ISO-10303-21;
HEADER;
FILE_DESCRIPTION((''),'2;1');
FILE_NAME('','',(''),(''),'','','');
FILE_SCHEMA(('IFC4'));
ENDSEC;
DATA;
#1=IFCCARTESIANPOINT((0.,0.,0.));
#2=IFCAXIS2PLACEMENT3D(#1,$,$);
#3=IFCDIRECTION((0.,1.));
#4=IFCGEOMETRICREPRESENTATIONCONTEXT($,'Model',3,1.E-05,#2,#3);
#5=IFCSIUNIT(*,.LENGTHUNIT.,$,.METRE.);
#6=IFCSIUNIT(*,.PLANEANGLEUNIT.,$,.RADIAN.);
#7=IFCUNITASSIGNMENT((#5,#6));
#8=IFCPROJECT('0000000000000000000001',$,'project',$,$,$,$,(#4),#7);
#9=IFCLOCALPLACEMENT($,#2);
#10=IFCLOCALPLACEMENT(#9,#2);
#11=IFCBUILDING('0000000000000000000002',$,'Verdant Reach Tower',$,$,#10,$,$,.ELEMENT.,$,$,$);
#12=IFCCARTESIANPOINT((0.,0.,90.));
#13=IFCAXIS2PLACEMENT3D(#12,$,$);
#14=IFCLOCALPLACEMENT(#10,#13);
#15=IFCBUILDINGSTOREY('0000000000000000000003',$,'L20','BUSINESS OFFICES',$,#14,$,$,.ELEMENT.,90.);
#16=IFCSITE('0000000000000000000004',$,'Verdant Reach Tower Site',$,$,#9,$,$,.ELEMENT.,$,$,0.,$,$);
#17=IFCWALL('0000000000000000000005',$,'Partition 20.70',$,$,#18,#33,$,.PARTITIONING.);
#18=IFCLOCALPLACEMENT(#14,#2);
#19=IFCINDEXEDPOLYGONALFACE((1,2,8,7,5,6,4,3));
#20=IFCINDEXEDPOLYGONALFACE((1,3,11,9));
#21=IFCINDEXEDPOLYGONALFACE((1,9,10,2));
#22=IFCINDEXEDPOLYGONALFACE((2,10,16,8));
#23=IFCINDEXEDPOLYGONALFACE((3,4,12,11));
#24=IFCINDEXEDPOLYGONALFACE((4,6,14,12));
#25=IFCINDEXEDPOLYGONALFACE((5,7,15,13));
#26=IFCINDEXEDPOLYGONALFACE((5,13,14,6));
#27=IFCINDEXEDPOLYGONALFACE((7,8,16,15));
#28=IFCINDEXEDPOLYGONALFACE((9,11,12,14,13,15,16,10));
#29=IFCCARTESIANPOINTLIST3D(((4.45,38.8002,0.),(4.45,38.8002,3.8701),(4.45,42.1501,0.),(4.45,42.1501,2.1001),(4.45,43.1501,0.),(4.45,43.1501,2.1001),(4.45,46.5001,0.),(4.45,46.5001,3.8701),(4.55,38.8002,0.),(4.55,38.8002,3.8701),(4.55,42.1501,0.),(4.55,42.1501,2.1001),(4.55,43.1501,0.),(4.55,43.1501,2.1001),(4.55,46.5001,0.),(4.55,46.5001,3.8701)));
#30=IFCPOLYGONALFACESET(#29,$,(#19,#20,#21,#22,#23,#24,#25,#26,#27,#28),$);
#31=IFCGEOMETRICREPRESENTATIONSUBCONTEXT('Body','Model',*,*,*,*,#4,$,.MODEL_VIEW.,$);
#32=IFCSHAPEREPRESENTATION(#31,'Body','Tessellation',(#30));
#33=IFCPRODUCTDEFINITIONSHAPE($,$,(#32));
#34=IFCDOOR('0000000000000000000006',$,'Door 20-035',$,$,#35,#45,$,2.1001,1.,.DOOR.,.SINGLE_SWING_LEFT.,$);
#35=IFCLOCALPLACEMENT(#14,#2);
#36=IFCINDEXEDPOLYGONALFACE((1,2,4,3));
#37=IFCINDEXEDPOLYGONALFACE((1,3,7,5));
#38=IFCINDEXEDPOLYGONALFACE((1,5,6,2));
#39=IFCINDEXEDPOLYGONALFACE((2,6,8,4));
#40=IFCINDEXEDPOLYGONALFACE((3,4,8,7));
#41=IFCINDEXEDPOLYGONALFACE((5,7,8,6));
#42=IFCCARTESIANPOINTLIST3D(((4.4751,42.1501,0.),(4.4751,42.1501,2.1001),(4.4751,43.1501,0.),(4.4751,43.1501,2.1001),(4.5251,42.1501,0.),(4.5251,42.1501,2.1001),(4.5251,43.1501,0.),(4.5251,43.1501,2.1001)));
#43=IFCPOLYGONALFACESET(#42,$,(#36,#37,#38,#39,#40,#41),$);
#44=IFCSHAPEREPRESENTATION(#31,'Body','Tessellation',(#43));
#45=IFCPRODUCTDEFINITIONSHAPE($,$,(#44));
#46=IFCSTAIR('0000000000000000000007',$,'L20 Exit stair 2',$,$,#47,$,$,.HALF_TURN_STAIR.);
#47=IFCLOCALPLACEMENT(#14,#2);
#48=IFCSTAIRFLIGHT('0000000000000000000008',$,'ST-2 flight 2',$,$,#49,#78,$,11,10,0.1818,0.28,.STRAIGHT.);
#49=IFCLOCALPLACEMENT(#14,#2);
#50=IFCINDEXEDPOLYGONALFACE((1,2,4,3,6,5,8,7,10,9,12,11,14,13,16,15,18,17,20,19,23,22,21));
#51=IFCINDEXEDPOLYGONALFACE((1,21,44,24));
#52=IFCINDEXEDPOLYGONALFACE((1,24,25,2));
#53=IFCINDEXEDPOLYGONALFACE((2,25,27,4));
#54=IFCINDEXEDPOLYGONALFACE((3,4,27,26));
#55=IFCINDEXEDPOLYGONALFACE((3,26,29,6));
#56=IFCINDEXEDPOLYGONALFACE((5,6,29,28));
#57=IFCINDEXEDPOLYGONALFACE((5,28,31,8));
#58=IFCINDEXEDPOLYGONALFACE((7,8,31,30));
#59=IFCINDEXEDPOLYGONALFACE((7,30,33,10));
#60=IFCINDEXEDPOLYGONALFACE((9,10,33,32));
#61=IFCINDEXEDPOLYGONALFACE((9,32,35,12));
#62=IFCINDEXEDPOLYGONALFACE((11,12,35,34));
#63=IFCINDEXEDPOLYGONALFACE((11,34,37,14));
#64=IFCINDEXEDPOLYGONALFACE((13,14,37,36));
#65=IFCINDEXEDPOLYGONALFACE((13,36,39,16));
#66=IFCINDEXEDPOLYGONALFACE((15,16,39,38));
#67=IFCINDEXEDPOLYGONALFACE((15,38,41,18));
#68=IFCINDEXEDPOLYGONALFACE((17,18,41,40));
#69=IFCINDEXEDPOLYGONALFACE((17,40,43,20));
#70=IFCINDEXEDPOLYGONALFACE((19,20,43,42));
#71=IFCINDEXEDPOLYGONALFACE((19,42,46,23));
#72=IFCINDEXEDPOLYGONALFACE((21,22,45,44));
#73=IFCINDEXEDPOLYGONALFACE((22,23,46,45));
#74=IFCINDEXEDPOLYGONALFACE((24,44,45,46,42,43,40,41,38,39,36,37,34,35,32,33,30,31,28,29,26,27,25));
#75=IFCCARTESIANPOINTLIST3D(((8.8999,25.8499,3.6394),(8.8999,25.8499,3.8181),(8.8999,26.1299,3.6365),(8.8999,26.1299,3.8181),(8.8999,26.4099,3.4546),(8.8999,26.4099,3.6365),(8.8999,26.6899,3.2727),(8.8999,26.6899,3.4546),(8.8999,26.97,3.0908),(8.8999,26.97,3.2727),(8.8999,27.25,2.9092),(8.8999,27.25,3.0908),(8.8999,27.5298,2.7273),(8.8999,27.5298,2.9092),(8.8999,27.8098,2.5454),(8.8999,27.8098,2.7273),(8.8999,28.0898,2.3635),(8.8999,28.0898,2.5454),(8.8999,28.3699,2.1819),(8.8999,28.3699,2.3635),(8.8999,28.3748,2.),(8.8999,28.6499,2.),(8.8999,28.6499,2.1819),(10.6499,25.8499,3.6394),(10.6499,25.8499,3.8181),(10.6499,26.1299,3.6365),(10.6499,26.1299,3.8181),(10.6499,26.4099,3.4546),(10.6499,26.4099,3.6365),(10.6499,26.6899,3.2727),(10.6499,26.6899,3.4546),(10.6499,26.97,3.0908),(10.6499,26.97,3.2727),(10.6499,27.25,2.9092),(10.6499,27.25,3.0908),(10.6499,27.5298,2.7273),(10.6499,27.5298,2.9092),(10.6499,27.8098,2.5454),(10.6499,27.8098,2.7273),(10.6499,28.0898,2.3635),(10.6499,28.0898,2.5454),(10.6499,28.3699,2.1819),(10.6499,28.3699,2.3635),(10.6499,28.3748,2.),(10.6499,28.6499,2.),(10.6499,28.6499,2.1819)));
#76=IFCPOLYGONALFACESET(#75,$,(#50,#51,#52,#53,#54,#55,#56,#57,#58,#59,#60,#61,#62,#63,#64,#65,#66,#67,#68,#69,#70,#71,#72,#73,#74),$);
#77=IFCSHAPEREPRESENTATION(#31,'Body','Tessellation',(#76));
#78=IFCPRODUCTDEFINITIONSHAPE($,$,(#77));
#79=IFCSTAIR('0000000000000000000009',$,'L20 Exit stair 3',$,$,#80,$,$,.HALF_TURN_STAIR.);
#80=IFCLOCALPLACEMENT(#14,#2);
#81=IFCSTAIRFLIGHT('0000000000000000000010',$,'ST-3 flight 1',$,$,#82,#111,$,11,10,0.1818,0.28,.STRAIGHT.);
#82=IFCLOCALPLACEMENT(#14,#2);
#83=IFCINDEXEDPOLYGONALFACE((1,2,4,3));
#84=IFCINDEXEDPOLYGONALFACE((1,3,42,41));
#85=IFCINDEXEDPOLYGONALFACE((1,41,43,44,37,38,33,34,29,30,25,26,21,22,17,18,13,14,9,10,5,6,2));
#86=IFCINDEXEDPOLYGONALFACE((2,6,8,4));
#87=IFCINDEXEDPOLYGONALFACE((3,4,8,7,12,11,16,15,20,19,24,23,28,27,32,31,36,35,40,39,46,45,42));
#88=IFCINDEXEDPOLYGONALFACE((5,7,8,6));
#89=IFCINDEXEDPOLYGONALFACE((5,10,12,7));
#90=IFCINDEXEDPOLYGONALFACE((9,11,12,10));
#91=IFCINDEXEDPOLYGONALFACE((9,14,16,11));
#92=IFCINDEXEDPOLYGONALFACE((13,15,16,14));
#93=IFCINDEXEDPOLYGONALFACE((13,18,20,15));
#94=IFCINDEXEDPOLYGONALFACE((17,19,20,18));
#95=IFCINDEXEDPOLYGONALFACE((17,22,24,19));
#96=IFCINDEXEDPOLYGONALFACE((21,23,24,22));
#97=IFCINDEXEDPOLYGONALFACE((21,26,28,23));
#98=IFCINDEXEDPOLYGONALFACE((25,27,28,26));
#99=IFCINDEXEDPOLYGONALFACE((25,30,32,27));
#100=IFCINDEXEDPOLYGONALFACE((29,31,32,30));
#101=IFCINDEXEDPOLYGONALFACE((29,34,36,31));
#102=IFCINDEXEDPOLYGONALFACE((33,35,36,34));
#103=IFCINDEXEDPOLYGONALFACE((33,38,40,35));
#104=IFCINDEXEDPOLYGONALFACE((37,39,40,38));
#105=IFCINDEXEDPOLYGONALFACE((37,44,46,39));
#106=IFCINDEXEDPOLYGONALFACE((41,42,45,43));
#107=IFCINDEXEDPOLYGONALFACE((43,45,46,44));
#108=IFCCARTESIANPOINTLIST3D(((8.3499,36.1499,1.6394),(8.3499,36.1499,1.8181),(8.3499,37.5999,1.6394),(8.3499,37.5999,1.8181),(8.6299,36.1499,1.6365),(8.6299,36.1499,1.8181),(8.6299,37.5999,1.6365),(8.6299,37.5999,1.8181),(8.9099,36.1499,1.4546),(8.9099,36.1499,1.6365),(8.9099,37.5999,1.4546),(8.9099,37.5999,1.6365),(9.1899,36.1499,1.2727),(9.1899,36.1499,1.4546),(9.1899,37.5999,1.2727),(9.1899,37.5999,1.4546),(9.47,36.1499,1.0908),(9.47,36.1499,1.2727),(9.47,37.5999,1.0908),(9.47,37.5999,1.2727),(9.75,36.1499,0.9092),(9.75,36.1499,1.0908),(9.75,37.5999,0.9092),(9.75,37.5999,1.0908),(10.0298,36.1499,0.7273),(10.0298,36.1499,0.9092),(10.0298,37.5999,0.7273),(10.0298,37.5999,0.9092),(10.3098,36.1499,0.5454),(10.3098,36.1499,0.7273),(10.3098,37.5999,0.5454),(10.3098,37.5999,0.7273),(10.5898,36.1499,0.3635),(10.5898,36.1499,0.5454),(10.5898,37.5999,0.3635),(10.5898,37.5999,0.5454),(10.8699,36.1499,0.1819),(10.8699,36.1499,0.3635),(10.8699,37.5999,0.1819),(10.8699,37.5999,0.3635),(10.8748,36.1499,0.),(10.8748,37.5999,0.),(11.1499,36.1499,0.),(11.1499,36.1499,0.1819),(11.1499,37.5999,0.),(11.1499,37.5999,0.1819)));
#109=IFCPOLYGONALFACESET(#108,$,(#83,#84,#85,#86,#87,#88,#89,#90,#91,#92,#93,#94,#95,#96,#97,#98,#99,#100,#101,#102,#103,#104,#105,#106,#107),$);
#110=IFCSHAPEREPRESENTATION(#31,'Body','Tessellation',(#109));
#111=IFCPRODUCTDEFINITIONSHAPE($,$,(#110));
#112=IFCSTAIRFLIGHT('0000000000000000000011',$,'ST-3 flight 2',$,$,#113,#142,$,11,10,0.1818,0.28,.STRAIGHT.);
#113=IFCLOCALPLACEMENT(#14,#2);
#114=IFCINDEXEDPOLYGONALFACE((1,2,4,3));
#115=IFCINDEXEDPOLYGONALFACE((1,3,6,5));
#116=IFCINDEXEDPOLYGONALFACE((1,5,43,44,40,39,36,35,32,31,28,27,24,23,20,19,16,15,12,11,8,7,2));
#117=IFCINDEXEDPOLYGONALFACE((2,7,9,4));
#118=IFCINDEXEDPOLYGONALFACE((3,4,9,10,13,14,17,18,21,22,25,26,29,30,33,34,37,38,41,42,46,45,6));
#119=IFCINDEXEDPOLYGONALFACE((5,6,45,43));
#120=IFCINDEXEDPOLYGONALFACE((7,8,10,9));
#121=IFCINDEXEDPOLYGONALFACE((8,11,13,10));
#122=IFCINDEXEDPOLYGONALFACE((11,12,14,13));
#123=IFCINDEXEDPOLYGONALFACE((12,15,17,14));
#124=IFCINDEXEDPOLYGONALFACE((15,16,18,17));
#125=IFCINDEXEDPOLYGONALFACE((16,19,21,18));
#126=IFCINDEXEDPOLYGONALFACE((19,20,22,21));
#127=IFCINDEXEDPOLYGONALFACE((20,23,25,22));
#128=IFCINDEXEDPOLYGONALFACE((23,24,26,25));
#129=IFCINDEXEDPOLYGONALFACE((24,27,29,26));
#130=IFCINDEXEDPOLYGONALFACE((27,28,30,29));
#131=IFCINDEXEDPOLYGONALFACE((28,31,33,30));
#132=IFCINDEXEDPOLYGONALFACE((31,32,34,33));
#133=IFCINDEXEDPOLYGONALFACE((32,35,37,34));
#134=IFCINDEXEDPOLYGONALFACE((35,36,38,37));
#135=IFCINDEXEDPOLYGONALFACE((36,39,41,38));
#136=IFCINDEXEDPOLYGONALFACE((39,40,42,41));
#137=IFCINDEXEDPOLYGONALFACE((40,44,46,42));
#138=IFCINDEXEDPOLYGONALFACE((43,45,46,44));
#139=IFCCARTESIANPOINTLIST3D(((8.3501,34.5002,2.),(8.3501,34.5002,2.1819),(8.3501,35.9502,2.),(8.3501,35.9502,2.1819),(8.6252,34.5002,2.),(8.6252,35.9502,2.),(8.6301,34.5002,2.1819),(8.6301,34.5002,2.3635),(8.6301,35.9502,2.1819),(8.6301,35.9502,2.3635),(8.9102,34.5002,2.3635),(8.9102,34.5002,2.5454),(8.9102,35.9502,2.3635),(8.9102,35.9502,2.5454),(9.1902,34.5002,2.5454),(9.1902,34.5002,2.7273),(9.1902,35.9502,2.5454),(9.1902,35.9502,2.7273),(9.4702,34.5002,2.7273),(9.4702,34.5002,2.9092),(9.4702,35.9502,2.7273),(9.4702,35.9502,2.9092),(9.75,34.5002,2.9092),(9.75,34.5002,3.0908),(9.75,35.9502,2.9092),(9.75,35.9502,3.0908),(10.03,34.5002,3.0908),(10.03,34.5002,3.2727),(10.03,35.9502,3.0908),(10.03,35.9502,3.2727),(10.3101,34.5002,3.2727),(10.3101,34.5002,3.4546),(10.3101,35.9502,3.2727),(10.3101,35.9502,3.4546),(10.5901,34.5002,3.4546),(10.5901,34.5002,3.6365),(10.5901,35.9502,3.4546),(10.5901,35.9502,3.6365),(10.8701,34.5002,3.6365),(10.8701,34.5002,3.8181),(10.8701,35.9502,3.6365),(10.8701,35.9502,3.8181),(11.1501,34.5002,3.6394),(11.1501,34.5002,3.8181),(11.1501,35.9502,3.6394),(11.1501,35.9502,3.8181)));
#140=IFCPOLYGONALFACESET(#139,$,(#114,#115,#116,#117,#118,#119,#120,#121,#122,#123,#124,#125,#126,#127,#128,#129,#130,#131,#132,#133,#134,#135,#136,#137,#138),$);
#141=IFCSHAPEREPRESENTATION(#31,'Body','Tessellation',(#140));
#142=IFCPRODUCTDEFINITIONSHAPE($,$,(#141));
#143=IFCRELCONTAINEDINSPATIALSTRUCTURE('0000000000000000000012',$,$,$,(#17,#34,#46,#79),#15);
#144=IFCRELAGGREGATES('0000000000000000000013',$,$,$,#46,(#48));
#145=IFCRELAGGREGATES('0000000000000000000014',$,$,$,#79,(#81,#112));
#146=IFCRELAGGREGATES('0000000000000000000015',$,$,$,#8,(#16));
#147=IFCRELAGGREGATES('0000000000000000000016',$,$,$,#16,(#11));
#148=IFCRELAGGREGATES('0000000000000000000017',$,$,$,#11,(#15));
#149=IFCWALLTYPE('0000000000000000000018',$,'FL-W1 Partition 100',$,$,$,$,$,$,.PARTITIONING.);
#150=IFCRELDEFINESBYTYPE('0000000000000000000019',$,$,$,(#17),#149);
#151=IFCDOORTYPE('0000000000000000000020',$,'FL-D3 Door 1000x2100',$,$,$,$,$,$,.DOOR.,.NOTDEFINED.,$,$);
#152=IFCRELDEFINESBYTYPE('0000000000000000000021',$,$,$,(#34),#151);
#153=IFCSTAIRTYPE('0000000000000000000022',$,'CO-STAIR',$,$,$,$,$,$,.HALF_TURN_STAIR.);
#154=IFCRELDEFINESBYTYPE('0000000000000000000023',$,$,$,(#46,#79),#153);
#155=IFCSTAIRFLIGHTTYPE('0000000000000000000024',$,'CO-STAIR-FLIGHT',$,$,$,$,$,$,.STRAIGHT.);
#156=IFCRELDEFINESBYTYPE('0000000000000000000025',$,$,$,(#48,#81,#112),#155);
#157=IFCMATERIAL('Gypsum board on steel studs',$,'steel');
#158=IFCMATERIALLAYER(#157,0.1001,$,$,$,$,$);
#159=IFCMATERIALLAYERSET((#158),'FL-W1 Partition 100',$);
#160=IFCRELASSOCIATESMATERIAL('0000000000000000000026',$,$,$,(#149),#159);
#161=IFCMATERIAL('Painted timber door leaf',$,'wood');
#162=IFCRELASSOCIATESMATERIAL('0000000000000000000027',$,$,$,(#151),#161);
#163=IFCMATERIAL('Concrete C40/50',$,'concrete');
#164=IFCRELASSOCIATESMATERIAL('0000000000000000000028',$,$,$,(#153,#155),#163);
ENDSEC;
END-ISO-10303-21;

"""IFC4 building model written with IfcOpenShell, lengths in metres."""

from ifc_helpers import new_model, si_unit, direction, frame, frame_2d, origin, place, context, subcontext, project, spatial, polyline, rectangle, outline, extrude, material, layer, layer_set, type_object, element, fill, aggregate, save


model = new_model("IFC4")

# Units and contexts
model_context = context("Model", 3, precision=1e-05, world=origin(), true_north=direction((0.0, 1.0)))
body_context = subcontext(model_context, "Body", "Model", "MODEL_VIEW")
ifc_project = project(units=[si_unit("LENGTHUNIT", "METRE"), si_unit("PLANEANGLEUNIT", "RADIAN")], contexts=[model_context])

# Site, building, storey
site_placement = place(None, origin())
site = spatial("IfcSite", under=ifc_project, at=site_placement, Name="Verdant Reach Tower Site", CompositionType="ELEMENT", RefElevation=0.0)
building_placement = place(site_placement, origin())
building = spatial("IfcBuilding", under=site, at=building_placement, Name="Verdant Reach Tower", CompositionType="ELEMENT")
storey_placement = place(building_placement, frame((0.0, 0.0, 90.0)))
storey = spatial("IfcBuildingStorey", under=building, at=storey_placement, Name="L20", Description="BUSINESS OFFICES", CompositionType="ELEMENT", Elevation=90.0)

# Shared definitions
ifc_material_1 = material(Name="Concrete C40/50", Category="concrete")

# Shared definitions
ifc_material_2 = material(Name="Gypsum board on steel studs", Category="steel")
ifc_layer_1 = layer(ifc_material_2, 0.1001)
ifc_layer_set_1 = layer_set([ifc_layer_1], Name="FL-W1 Partition 100")
wall_type_1 = type_object("IfcWallType", Name="FL-W1 Partition 100", PredefinedType="PARTITIONING", material=ifc_layer_set_1)

# Wall, opening, door
wall_1_placement = place(storey_placement, frame((4.5, 38.8, 0.0), z_axis=(0.0, 0.0, 1.0), x_axis=(0.0, 1.0, 0.0)))
wall_1 = element("IfcWall", 1, at=wall_1_placement, inside=storey, type_object=wall_type_1, Name="Partition 20.70", PredefinedType="PARTITIONING", context=body_context, shape_type="SweptSolid", body=[
    extrude(rectangle(XDim=7.7, YDim=0.1001, at=frame_2d((3.8501, 0.0))), origin(), (0.0, 0.0, 1.0), 3.8701),
])
opening_1_placement = place(wall_1_placement, frame((3.3501, 0.0, 0.0)))
opening_1 = element("IfcOpeningElement", 2, at=opening_1_placement, cuts=wall_1, PredefinedType="OPENING", context=body_context, shape_type="SweptSolid", body=[
    extrude(rectangle(XDim=1.0, YDim=2.1001, at=frame_2d((0.5, 1.05))), frame((0.0, 0.0601, 0.0), z_axis=(0.0, -1.0, 0.0), x_axis=(1.0, 0.0, 0.0)), (0.0, 0.0, 1.0), 0.1201),
])
ifc_material_3 = material(Name="Painted timber door leaf", Category="wood")
door_type_1 = type_object("IfcDoorType", Name="FL-D3 Door 1000x2100", OperationType="NOTDEFINED", PredefinedType="DOOR", material=ifc_material_3)
door_1_placement = place(opening_1_placement, origin())
door_1 = element("IfcDoor", 3, at=door_1_placement, inside=storey, type_object=door_type_1, Name="Door 20-035", OperationType="SINGLE_SWING_LEFT", OverallHeight=2.1001, OverallWidth=1.0, PredefinedType="DOOR", context=body_context, shape_type="SweptSolid", body=[
    extrude(rectangle(XDim=1.0, YDim=2.1001, at=frame_2d((0.5, 1.05))), frame((0.0, 0.0249, 0.0), z_axis=(0.0, -1.0, 0.0), x_axis=(1.0, 0.0, 0.0)), (0.0, 0.0, 1.0), 0.05),
])
fill(opening_1, door_1)

# Stair, stair flight
stair_type = type_object("IfcStairType", Name="CO-STAIR", PredefinedType="HALF_TURN_STAIR", material=ifc_material_1)
stair_1_placement = place(storey_placement, origin())
stair_1 = element("IfcStair", 4, at=stair_1_placement, inside=storey, type_object=stair_type, Name="L20 Exit stair 2", PredefinedType="HALF_TURN_STAIR")
stair_flight_type = type_object("IfcStairFlightType", Name="CO-STAIR-FLIGHT", PredefinedType="STRAIGHT", material=ifc_material_1)
stair_flight_1_placement = place(storey_placement, frame((9.7749, 28.6499, 2.0), z_axis=(0.0, 0.0, 1.0), x_axis=(0.0, -1.0, 0.0)))
stair_flight_1 = element("IfcStairFlight", 5, at=stair_flight_1_placement, type_object=stair_flight_type, Name="ST-2 flight 2", NumberOfRisers=11, NumberOfTreads=10, PredefinedType="STRAIGHT", RiserHeight=0.1818, TreadLength=0.28, context=body_context, shape_type="SweptSolid", body=[
    extrude(outline(polyline([(0.0, 0.0), (0.0, 0.1819), (0.28, 0.1819), (0.28, 0.3635), (0.5601, 0.3635), (0.5601, 0.5454), (0.8401, 0.5454), (0.8401, 0.7273), (1.1201, 0.7273), (1.1201, 0.9092), (1.3999, 0.9092), (1.3999, 1.0908), (1.6799, 1.0908), (1.6799, 1.2727), (1.96, 1.2727), (1.96, 1.4546), (2.24, 1.4546), (2.24, 1.6365), (2.52, 1.6365), (2.52, 1.8181), (2.8, 1.8181), (2.8, 2.0), (2.8, 1.6394), (0.2751, 0.0), (0.0, 0.0)])), frame((0.0, 0.875, 0.0), z_axis=(0.0, -1.0, 0.0), x_axis=(1.0, 0.0, 0.0)), (0.0, 0.0, 1.0), 1.75),
])
aggregate(stair_1, [stair_flight_1])

# Stair, stair flights
stair_2_placement = place(storey_placement, origin())
stair_2 = element("IfcStair", 6, at=stair_2_placement, inside=storey, type_object=stair_type, Name="L20 Exit stair 3", PredefinedType="HALF_TURN_STAIR")
stair_flight_2_placement = place(storey_placement, frame((11.1499, 36.875, 0.0), z_axis=(0.0, 0.0, 1.0), x_axis=(-1.0, 0.0, 0.0)))
stair_flight_2 = element("IfcStairFlight", 7, at=stair_flight_2_placement, type_object=stair_flight_type, Name="ST-3 flight 1", NumberOfRisers=11, NumberOfTreads=10, PredefinedType="STRAIGHT", RiserHeight=0.1818, TreadLength=0.28, context=body_context, shape_type="SweptSolid", body=[
    extrude(outline(polyline([(0.0, 0.0), (0.0, 0.1819), (0.28, 0.1819), (0.28, 0.3635), (0.5601, 0.3635), (0.5601, 0.5454), (0.8401, 0.5454), (0.8401, 0.7273), (1.1201, 0.7273), (1.1201, 0.9092), (1.3999, 0.9092), (1.3999, 1.0908), (1.6799, 1.0908), (1.6799, 1.2727), (1.96, 1.2727), (1.96, 1.4546), (2.24, 1.4546), (2.24, 1.6365), (2.52, 1.6365), (2.52, 1.8181), (2.8, 1.8181), (2.8, 2.0), (2.8, 1.6394), (0.2751, 0.0), (0.0, 0.0)])), frame((0.0, 0.7251, 0.0), z_axis=(0.0, -1.0, 0.0), x_axis=(1.0, 0.0, 0.0)), (0.0, 0.0, 1.0), 1.45),
])
stair_flight_3_placement = place(storey_placement, frame((8.3501, 35.2251, 2.0), z_axis=(0.0, 0.0, 1.0), x_axis=(1.0, 0.0, 0.0)))
stair_flight_3 = element("IfcStairFlight", 8, at=stair_flight_3_placement, type_object=stair_flight_type, Name="ST-3 flight 2", NumberOfRisers=11, NumberOfTreads=10, PredefinedType="STRAIGHT", RiserHeight=0.1818, TreadLength=0.28, context=body_context, shape_type="SweptSolid", body=[
    extrude(outline(polyline([(0.0, 0.0), (0.0, 0.1819), (0.28, 0.1819), (0.28, 0.3635), (0.5601, 0.3635), (0.5601, 0.5454), (0.8401, 0.5454), (0.8401, 0.7273), (1.1201, 0.7273), (1.1201, 0.9092), (1.3999, 0.9092), (1.3999, 1.0908), (1.6799, 1.0908), (1.6799, 1.2727), (1.96, 1.2727), (1.96, 1.4546), (2.24, 1.4546), (2.24, 1.6365), (2.52, 1.6365), (2.52, 1.8181), (2.8, 1.8181), (2.8, 2.0), (2.8, 1.6394), (0.2751, 0.0), (0.0, 0.0)])), frame((0.0, 0.7251, 0.0), z_axis=(0.0, -1.0, 0.0), x_axis=(1.0, 0.0, 0.0)), (0.0, 0.0, 1.0), 1.45),
])
aggregate(stair_2, [stair_flight_2, stair_flight_3])

save(model, "model.ifc")
